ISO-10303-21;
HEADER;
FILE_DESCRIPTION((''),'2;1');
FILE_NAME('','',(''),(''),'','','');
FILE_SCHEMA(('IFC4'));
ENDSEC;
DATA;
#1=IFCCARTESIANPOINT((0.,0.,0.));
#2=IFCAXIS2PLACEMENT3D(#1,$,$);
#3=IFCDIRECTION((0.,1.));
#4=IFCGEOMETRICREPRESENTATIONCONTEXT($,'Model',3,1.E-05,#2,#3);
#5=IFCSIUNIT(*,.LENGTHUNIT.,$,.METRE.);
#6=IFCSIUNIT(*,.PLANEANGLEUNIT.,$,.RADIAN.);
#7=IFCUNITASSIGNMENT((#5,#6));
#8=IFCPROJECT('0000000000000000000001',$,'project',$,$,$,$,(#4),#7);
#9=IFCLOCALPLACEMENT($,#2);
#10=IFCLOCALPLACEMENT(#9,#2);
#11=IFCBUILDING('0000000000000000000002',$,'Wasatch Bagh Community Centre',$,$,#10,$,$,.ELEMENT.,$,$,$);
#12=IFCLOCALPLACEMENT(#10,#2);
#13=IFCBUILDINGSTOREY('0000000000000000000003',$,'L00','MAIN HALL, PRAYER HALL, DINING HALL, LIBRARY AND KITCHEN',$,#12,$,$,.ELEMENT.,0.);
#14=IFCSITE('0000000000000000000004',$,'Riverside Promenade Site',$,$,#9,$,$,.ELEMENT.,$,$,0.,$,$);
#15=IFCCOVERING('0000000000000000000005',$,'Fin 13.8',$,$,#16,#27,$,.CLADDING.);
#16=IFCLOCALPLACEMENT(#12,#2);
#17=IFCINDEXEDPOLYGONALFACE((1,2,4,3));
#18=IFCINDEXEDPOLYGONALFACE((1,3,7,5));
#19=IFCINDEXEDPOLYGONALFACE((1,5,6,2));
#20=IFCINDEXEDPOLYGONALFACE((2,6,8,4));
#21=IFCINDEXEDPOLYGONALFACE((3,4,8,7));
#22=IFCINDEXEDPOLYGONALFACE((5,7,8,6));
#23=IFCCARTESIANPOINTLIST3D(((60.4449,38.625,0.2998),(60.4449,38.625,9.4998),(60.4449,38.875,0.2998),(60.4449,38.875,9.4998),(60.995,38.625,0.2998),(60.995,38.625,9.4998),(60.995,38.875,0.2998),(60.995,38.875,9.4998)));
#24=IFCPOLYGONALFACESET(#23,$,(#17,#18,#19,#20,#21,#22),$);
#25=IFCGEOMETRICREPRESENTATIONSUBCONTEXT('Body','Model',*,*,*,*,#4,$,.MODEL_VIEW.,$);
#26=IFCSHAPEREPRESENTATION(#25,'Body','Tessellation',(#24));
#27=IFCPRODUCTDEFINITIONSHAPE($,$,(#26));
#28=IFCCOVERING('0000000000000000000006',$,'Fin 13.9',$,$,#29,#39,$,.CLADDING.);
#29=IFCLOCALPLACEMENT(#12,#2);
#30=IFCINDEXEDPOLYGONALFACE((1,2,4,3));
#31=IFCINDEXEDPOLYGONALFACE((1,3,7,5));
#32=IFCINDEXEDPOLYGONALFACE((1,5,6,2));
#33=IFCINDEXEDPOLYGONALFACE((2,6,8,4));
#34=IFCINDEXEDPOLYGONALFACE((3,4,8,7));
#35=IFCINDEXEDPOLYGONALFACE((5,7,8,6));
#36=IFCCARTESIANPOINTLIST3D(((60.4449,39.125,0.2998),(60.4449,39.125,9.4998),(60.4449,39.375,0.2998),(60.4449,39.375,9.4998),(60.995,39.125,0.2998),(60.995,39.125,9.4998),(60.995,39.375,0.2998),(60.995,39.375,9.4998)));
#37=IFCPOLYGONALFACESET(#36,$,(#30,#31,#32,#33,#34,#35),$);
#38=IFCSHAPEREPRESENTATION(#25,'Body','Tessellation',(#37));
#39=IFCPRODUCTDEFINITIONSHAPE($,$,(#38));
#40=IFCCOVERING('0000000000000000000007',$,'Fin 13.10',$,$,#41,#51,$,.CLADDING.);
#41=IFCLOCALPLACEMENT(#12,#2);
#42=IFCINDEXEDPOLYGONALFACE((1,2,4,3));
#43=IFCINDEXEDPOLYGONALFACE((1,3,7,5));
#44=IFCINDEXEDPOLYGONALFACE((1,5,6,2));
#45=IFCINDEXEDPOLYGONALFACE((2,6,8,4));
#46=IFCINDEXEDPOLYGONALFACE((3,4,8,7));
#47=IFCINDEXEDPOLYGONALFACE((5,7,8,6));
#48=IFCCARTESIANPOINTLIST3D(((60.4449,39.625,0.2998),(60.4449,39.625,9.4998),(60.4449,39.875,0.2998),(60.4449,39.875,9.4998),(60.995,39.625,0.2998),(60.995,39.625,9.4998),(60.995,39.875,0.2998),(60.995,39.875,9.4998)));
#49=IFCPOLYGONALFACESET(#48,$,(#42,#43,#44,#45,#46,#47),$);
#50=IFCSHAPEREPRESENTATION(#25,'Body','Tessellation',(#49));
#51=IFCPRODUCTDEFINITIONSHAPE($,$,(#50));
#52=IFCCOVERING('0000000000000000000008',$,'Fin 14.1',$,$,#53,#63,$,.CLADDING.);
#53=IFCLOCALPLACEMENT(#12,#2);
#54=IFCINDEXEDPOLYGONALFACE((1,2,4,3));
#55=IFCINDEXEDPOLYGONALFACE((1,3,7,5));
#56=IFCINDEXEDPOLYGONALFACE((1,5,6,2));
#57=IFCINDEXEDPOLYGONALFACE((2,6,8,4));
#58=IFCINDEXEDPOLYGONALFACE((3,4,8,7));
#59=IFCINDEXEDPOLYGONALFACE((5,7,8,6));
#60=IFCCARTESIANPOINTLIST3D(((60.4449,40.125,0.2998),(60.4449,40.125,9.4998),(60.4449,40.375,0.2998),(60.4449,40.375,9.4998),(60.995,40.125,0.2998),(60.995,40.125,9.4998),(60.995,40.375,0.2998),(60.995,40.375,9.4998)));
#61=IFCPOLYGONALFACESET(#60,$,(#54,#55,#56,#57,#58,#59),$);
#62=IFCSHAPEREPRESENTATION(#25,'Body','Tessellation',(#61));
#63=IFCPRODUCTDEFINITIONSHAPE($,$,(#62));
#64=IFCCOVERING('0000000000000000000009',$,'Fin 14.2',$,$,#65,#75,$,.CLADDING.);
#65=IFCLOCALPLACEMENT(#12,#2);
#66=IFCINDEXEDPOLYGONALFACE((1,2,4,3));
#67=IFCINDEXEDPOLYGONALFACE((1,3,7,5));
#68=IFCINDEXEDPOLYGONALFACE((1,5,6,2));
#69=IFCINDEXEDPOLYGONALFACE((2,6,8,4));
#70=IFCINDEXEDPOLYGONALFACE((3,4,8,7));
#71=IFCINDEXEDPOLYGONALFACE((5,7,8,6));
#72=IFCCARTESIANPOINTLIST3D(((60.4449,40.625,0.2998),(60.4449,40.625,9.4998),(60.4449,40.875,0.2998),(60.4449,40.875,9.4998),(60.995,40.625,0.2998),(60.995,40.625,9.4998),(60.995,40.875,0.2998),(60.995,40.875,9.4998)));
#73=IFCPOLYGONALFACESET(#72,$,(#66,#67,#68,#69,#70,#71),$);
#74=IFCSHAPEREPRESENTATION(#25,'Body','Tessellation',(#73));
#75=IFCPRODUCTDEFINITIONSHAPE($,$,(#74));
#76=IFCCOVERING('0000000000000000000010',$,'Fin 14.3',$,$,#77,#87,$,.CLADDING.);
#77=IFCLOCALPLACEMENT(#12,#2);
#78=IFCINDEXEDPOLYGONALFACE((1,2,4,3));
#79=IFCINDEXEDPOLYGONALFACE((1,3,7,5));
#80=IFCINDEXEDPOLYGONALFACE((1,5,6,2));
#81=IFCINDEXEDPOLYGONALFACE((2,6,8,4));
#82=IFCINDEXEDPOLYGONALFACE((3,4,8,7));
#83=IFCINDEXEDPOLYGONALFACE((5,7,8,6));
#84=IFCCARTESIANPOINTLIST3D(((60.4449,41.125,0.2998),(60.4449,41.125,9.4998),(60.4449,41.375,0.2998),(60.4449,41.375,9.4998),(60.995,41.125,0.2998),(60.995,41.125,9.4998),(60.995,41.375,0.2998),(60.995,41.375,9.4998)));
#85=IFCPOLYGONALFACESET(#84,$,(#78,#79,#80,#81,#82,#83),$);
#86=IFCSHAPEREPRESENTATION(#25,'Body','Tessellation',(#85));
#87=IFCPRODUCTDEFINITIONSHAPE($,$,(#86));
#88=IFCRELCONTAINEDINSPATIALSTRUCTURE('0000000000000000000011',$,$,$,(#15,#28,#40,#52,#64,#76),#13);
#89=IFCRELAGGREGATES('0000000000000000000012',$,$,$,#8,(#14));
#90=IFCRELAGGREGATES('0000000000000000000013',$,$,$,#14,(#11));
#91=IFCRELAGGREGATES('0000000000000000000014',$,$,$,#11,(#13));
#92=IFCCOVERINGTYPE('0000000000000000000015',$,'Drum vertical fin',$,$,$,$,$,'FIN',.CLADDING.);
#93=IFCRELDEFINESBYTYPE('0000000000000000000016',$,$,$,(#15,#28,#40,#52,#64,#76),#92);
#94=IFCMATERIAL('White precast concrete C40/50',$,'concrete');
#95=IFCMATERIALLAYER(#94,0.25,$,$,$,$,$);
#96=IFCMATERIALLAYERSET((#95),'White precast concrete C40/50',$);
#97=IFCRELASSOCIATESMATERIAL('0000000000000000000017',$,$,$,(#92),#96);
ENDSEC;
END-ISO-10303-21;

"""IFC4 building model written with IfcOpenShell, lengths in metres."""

from ifc_helpers import new_model, si_unit, direction, frame, origin, origin_2d, place, context, subcontext, project, spatial, rectangle, extrude, material, layer, layer_set, type_object, element, save


model = new_model("IFC4")

# Units and contexts
model_context = context("Model", 3, precision=1e-05, world=origin(), true_north=direction((0.0, 1.0)))
body_context = subcontext(model_context, "Body", "Model", "MODEL_VIEW")
ifc_project = project(units=[si_unit("LENGTHUNIT", "METRE"), si_unit("PLANEANGLEUNIT", "RADIAN")], contexts=[model_context])

# Site, building, storey
site_placement = place(None, origin())
site = spatial("IfcSite", under=ifc_project, at=site_placement, Name="Riverside Promenade Site", CompositionType="ELEMENT", RefElevation=0.0)
building_placement = place(site_placement, origin())
building = spatial("IfcBuilding", under=site, at=building_placement, Name="Wasatch Bagh Community Centre", CompositionType="ELEMENT")
storey_placement = place(building_placement, origin())
storey = spatial("IfcBuildingStorey", under=building, at=storey_placement, Name="L00", Description="MAIN HALL, PRAYER HALL, DINING HALL, LIBRARY AND KITCHEN", CompositionType="ELEMENT", Elevation=0.0)

# Coverings
ifc_material_1 = material(Name="White precast concrete C40/50", Category="concrete")
ifc_layer_1 = layer(ifc_material_1, 0.25)
ifc_layer_set_1 = layer_set([ifc_layer_1], Name="White precast concrete C40/50")
covering_type = type_object("IfcCoveringType", Name="Drum vertical fin", ElementType="FIN", PredefinedType="CLADDING", material=ifc_layer_set_1)
for number, where, z_axis, x_axis, name in (
    (1, (60.72, 38.75, 0.2998), (0.0, 0.0, 1.0), (0.0, 1.0, 0.0), "Fin 13.8"),
    (2, (60.72, 39.25, 0.2998), (0.0, 0.0, 1.0), (0.0, 1.0, 0.0), "Fin 13.9"),
    (3, (60.72, 39.75, 0.2998), (0.0, 0.0, 1.0), (0.0, 1.0, 0.0), "Fin 13.10"),
    (4, (60.72, 40.25, 0.2998), (0.0, 0.0, 1.0), (0.0, 1.0, 0.0), "Fin 14.1"),
    (5, (60.72, 40.75, 0.2998), (0.0, 0.0, 1.0), (0.0, 1.0, 0.0), "Fin 14.2"),
    (6, (60.72, 41.25, 0.2998), (0.0, 0.0, 1.0), (0.0, 1.0, 0.0), "Fin 14.3"),
):
    element("IfcCovering", number, at=place(storey_placement, frame(where, z_axis=z_axis, x_axis=x_axis)), inside=storey, type_object=covering_type, Name=name, PredefinedType="CLADDING", context=body_context, shape_type="SweptSolid", body=[
        extrude(rectangle(XDim=0.25, YDim=0.55, at=origin_2d()), origin(), (0.0, 0.0, 1.0), 9.2),
    ])

save(model, "model.ifc")
